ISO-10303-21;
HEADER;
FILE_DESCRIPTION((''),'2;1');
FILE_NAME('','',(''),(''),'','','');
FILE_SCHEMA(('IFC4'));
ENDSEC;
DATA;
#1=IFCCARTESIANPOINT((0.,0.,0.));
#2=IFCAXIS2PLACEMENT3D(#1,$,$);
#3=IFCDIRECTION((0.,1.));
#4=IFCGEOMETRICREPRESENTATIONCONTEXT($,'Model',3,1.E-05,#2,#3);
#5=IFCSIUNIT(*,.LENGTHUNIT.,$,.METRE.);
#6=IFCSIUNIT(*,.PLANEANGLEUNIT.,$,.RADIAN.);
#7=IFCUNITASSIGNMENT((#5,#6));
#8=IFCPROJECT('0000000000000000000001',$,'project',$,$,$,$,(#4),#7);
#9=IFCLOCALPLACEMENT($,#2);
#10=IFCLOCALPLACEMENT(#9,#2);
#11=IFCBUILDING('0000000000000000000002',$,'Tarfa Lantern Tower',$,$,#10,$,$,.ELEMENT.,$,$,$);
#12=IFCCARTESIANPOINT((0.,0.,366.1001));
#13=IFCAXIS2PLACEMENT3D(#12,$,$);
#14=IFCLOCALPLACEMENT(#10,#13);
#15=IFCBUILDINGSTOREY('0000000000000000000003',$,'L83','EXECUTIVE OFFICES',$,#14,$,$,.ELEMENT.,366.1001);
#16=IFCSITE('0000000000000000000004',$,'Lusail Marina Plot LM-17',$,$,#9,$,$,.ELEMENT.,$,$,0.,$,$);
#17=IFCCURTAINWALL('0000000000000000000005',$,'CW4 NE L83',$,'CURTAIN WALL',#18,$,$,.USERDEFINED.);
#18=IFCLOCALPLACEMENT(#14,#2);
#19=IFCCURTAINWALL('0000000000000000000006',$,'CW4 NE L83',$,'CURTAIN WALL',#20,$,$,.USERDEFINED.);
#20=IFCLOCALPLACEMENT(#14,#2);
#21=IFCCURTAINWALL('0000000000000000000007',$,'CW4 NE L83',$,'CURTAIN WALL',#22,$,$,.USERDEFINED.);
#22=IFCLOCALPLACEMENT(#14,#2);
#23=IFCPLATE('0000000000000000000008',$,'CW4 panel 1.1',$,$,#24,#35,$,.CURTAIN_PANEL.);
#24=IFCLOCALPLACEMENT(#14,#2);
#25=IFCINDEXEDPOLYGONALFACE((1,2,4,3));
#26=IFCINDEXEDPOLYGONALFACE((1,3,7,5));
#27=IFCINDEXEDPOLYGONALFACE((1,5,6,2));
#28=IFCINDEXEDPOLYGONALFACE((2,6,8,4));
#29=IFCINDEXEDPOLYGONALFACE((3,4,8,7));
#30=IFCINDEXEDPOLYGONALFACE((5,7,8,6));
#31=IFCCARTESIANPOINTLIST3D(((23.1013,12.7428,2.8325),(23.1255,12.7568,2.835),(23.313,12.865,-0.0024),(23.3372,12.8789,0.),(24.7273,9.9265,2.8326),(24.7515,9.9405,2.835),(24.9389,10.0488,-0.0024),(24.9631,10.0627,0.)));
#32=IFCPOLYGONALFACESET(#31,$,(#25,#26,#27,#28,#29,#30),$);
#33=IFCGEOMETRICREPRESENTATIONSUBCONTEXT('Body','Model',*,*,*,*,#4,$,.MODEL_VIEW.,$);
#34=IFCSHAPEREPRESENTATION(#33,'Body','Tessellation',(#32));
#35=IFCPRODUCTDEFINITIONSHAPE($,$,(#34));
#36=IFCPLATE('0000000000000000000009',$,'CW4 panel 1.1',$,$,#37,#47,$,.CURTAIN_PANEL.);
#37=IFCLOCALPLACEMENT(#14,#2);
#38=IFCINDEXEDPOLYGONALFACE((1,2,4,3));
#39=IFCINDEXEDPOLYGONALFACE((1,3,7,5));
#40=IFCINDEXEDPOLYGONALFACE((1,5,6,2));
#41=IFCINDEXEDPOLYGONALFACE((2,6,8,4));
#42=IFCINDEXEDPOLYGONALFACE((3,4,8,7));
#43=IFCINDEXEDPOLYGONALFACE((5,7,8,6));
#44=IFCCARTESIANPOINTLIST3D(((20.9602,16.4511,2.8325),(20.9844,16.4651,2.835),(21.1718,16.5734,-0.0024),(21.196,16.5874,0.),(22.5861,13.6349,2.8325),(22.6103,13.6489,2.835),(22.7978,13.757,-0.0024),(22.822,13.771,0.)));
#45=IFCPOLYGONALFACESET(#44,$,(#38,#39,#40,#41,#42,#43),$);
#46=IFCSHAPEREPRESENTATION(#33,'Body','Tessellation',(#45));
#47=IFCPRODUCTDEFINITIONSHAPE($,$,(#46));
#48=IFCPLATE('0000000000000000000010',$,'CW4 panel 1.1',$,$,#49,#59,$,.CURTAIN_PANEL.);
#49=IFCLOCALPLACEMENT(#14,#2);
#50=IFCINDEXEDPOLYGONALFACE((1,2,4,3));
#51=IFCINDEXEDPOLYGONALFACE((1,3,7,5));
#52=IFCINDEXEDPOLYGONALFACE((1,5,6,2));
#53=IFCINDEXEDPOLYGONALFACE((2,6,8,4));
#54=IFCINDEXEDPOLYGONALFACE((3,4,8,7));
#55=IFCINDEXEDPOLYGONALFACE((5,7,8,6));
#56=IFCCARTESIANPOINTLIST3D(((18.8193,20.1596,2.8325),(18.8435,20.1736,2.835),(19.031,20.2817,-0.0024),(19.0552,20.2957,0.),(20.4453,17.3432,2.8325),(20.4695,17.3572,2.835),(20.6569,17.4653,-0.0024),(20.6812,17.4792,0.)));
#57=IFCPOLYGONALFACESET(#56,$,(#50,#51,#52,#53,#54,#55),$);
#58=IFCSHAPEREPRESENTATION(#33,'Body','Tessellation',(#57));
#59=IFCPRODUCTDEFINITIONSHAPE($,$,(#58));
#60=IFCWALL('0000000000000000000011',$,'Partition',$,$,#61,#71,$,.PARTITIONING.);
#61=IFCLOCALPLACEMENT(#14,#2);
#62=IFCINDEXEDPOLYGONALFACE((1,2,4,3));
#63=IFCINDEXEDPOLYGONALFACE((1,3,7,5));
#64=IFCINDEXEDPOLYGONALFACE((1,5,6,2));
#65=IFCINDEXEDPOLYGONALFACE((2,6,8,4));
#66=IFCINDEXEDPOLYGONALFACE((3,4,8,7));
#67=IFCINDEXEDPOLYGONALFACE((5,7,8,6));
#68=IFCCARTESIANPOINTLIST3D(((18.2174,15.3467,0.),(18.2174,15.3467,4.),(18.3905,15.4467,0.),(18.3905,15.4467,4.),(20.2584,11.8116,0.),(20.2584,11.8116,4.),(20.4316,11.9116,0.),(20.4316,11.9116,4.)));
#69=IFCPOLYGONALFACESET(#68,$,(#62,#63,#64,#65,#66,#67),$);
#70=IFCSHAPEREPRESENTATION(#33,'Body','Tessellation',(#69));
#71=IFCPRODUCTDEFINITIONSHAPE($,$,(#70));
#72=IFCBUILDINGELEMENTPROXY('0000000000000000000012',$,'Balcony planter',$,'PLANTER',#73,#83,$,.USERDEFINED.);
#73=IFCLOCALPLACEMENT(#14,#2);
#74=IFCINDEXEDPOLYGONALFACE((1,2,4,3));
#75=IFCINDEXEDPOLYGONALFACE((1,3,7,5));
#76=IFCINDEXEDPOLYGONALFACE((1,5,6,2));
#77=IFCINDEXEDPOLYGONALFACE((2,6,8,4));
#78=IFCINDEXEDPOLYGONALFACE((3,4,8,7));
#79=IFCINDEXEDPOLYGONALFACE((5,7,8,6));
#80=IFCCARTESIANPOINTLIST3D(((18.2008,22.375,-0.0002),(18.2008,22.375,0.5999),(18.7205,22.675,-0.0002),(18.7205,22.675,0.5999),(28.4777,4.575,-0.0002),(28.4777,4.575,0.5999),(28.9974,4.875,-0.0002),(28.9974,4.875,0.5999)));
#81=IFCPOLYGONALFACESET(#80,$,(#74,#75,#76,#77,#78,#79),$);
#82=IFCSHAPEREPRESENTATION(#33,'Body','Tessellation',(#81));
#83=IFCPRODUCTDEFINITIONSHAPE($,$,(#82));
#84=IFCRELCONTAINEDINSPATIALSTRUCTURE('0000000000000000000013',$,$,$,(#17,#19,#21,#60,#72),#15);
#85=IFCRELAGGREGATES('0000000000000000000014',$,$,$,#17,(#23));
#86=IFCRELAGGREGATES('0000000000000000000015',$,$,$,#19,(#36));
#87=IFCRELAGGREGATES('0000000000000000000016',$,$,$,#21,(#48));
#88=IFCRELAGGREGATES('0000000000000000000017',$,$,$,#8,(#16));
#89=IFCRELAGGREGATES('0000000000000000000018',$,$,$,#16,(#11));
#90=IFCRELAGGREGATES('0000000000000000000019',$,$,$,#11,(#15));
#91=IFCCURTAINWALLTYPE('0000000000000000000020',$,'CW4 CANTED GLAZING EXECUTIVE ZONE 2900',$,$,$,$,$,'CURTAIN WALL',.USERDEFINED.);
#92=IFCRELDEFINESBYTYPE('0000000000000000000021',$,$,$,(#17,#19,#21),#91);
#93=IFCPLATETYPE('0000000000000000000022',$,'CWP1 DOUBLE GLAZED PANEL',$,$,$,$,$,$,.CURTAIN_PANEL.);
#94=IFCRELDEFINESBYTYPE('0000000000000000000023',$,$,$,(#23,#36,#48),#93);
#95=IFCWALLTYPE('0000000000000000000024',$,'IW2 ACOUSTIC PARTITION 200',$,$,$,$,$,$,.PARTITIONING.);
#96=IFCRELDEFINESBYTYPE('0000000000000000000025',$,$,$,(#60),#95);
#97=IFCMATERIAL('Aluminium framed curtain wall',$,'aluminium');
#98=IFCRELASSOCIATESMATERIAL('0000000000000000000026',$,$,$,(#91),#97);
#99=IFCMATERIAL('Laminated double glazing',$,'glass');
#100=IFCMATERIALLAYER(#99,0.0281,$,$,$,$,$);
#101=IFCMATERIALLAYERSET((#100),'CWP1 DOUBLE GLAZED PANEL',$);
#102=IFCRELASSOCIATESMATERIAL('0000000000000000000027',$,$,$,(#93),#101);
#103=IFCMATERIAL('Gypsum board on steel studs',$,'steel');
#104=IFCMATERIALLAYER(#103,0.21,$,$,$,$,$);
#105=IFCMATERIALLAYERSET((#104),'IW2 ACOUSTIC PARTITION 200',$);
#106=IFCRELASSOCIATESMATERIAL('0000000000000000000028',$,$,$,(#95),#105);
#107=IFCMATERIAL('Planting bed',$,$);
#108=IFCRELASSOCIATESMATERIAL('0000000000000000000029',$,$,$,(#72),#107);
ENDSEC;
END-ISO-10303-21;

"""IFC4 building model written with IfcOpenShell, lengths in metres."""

from ifc_helpers import new_model, si_unit, direction, frame, frame_2d, origin, origin_2d, place, context, subcontext, project, spatial, polyline, rectangle, outline, extrude, material, layer, layer_set, type_object, element, aggregate, save


model = new_model("IFC4")

# Units and contexts
model_context = context("Model", 3, precision=1e-05, world=origin(), true_north=direction((0.0, 1.0)))
body_context = subcontext(model_context, "Body", "Model", "MODEL_VIEW")
ifc_project = project(units=[si_unit("LENGTHUNIT", "METRE"), si_unit("PLANEANGLEUNIT", "RADIAN")], contexts=[model_context])

# Site, building, storey
site_placement = place(None, origin())
site = spatial("IfcSite", under=ifc_project, at=site_placement, Name="Lusail Marina Plot LM-17", CompositionType="ELEMENT", RefElevation=0.0)
building_placement = place(site_placement, origin())
building = spatial("IfcBuilding", under=site, at=building_placement, Name="Tarfa Lantern Tower", CompositionType="ELEMENT")
storey_placement = place(building_placement, frame((0.0, 0.0, 366.1001)))
storey = spatial("IfcBuildingStorey", under=building, at=storey_placement, Name="L83", Description="EXECUTIVE OFFICES", CompositionType="ELEMENT", Elevation=366.1001)

# Curtain walls
ifc_material_1 = material(Name="Aluminium framed curtain wall", Category="aluminium")
curtain_wall_type = type_object("IfcCurtainWallType", Name="CW4 CANTED GLAZING EXECUTIVE ZONE 2900", ElementType="CURTAIN WALL", PredefinedType="USERDEFINED", material=ifc_material_1)
curtain_wall_1_placement = place(storey_placement, origin())
curtain_wall_1 = element("IfcCurtainWall", 1, at=curtain_wall_1_placement, inside=storey, type_object=curtain_wall_type, Name="CW4 NE L83", ObjectType="CURTAIN WALL", PredefinedType="USERDEFINED")
curtain_wall_2_placement = place(storey_placement, origin())
curtain_wall_2 = element("IfcCurtainWall", 2, at=curtain_wall_2_placement, inside=storey, type_object=curtain_wall_type, Name="CW4 NE L83", ObjectType="CURTAIN WALL", PredefinedType="USERDEFINED")
curtain_wall_3_placement = place(storey_placement, origin())
curtain_wall_3 = element("IfcCurtainWall", 3, at=curtain_wall_3_placement, inside=storey, type_object=curtain_wall_type, Name="CW4 NE L83", ObjectType="CURTAIN WALL", PredefinedType="USERDEFINED")

# Plates
ifc_material_2 = material(Name="Laminated double glazing", Category="glass")
ifc_layer_1 = layer(ifc_material_2, 0.0281)
ifc_layer_set_1 = layer_set([ifc_layer_1], Name="CWP1 DOUBLE GLAZED PANEL")
plate_type = type_object("IfcPlateType", Name="CWP1 DOUBLE GLAZED PANEL", PredefinedType="CURTAIN_PANEL", material=ifc_layer_set_1)
plate_1_placement = place(storey_placement, frame((24.9631, 10.0627, 0.0), z_axis=(0.862826, 0.498151, 0.085893), x_axis=(-0.499999, 0.866026, 0.000002)))
plate_1 = element("IfcPlate", 4, at=plate_1_placement, type_object=plate_type, Name="CW4 panel 1.1", PredefinedType="CURTAIN_PANEL", context=body_context, shape_type="SweptSolid", body=[
    extrude(outline(polyline([(0.0, 0.0), (3.2519, 0.0), (3.252, 2.8455), (-0.0001, 2.8455), (0.0, 0.0)])), origin(), (0.0, 0.0, -1.0), 0.0281),
])
aggregate(curtain_wall_1, [plate_1])
plate_2_placement = place(storey_placement, frame((22.822, 13.771, 0.0), z_axis=(0.862826, 0.498151, 0.085893), x_axis=(-0.499999, 0.866026, -0.000002)))
plate_2 = element("IfcPlate", 5, at=plate_2_placement, type_object=plate_type, Name="CW4 panel 1.1", PredefinedType="CURTAIN_PANEL", context=body_context, shape_type="SweptSolid", body=[
    extrude(outline(polyline([(0.0, 0.0), (3.2521, 0.0), (3.252, 2.8455), (0.0001, 2.8455), (0.0, 0.0)])), origin(), (0.0, 0.0, -1.0), 0.0281),
])
aggregate(curtain_wall_2, [plate_2])
plate_3_placement = place(storey_placement, frame((20.6812, 17.4792, 0.0), z_axis=(0.862837, 0.498136, 0.085872), x_axis=(-0.499982, 0.866036, 0.0)))
plate_3 = element("IfcPlate", 6, at=plate_3_placement, type_object=plate_type, Name="CW4 panel 1.1", PredefinedType="CURTAIN_PANEL", context=body_context, shape_type="SweptSolid", body=[
    extrude(outline(polyline([(0.0, 0.0), (3.2521, 0.0), (3.2522, 2.8455), (0.0001, 2.8455), (0.0, 0.0)])), origin(), (0.0, 0.0, -1.0), 0.0281),
])
aggregate(curtain_wall_3, [plate_3])

# Wall
ifc_material_3 = material(Name="Gypsum board on steel studs", Category="steel")
ifc_layer_2 = layer(ifc_material_3, 0.21)
ifc_layer_set_2 = layer_set([ifc_layer_2], Name="IW2 ACOUSTIC PARTITION 200")
wall_type = type_object("IfcWallType", Name="IW2 ACOUSTIC PARTITION 200", PredefinedType="PARTITIONING", material=ifc_layer_set_2)
wall_placement = place(storey_placement, frame((20.345, 11.8616, 0.0), z_axis=(0.0, 0.0, 1.0), x_axis=(-0.499999, 0.866026, 0.0)))
element("IfcWall", 7, at=wall_placement, inside=storey, type_object=wall_type, Name="Partition", PredefinedType="PARTITIONING", context=body_context, shape_type="SweptSolid", body=[
    extrude(rectangle(XDim=4.082, YDim=0.2, at=frame_2d((2.041, 0.0))), origin(), (0.0, 0.0, 1.0), 4.0),
])

# Building element proxy
ifc_material_4 = material(Name="Planting bed")
proxy_placement = place(storey_placement, frame((23.5991, 13.625, -0.0002), z_axis=(0.0, 0.0, 1.0), x_axis=(-0.5, 0.866025, 0.0)))
element("IfcBuildingElementProxy", 8, at=proxy_placement, inside=storey, material=ifc_material_4, Name="Balcony planter", ObjectType="PLANTER", PredefinedType="USERDEFINED", context=body_context, shape_type="SweptSolid", body=[
    extrude(rectangle(XDim=20.5537, YDim=0.6001, at=origin_2d()), origin(), (0.0, 0.0, 1.0), 0.6001),
])

save(model, "model.ifc")
